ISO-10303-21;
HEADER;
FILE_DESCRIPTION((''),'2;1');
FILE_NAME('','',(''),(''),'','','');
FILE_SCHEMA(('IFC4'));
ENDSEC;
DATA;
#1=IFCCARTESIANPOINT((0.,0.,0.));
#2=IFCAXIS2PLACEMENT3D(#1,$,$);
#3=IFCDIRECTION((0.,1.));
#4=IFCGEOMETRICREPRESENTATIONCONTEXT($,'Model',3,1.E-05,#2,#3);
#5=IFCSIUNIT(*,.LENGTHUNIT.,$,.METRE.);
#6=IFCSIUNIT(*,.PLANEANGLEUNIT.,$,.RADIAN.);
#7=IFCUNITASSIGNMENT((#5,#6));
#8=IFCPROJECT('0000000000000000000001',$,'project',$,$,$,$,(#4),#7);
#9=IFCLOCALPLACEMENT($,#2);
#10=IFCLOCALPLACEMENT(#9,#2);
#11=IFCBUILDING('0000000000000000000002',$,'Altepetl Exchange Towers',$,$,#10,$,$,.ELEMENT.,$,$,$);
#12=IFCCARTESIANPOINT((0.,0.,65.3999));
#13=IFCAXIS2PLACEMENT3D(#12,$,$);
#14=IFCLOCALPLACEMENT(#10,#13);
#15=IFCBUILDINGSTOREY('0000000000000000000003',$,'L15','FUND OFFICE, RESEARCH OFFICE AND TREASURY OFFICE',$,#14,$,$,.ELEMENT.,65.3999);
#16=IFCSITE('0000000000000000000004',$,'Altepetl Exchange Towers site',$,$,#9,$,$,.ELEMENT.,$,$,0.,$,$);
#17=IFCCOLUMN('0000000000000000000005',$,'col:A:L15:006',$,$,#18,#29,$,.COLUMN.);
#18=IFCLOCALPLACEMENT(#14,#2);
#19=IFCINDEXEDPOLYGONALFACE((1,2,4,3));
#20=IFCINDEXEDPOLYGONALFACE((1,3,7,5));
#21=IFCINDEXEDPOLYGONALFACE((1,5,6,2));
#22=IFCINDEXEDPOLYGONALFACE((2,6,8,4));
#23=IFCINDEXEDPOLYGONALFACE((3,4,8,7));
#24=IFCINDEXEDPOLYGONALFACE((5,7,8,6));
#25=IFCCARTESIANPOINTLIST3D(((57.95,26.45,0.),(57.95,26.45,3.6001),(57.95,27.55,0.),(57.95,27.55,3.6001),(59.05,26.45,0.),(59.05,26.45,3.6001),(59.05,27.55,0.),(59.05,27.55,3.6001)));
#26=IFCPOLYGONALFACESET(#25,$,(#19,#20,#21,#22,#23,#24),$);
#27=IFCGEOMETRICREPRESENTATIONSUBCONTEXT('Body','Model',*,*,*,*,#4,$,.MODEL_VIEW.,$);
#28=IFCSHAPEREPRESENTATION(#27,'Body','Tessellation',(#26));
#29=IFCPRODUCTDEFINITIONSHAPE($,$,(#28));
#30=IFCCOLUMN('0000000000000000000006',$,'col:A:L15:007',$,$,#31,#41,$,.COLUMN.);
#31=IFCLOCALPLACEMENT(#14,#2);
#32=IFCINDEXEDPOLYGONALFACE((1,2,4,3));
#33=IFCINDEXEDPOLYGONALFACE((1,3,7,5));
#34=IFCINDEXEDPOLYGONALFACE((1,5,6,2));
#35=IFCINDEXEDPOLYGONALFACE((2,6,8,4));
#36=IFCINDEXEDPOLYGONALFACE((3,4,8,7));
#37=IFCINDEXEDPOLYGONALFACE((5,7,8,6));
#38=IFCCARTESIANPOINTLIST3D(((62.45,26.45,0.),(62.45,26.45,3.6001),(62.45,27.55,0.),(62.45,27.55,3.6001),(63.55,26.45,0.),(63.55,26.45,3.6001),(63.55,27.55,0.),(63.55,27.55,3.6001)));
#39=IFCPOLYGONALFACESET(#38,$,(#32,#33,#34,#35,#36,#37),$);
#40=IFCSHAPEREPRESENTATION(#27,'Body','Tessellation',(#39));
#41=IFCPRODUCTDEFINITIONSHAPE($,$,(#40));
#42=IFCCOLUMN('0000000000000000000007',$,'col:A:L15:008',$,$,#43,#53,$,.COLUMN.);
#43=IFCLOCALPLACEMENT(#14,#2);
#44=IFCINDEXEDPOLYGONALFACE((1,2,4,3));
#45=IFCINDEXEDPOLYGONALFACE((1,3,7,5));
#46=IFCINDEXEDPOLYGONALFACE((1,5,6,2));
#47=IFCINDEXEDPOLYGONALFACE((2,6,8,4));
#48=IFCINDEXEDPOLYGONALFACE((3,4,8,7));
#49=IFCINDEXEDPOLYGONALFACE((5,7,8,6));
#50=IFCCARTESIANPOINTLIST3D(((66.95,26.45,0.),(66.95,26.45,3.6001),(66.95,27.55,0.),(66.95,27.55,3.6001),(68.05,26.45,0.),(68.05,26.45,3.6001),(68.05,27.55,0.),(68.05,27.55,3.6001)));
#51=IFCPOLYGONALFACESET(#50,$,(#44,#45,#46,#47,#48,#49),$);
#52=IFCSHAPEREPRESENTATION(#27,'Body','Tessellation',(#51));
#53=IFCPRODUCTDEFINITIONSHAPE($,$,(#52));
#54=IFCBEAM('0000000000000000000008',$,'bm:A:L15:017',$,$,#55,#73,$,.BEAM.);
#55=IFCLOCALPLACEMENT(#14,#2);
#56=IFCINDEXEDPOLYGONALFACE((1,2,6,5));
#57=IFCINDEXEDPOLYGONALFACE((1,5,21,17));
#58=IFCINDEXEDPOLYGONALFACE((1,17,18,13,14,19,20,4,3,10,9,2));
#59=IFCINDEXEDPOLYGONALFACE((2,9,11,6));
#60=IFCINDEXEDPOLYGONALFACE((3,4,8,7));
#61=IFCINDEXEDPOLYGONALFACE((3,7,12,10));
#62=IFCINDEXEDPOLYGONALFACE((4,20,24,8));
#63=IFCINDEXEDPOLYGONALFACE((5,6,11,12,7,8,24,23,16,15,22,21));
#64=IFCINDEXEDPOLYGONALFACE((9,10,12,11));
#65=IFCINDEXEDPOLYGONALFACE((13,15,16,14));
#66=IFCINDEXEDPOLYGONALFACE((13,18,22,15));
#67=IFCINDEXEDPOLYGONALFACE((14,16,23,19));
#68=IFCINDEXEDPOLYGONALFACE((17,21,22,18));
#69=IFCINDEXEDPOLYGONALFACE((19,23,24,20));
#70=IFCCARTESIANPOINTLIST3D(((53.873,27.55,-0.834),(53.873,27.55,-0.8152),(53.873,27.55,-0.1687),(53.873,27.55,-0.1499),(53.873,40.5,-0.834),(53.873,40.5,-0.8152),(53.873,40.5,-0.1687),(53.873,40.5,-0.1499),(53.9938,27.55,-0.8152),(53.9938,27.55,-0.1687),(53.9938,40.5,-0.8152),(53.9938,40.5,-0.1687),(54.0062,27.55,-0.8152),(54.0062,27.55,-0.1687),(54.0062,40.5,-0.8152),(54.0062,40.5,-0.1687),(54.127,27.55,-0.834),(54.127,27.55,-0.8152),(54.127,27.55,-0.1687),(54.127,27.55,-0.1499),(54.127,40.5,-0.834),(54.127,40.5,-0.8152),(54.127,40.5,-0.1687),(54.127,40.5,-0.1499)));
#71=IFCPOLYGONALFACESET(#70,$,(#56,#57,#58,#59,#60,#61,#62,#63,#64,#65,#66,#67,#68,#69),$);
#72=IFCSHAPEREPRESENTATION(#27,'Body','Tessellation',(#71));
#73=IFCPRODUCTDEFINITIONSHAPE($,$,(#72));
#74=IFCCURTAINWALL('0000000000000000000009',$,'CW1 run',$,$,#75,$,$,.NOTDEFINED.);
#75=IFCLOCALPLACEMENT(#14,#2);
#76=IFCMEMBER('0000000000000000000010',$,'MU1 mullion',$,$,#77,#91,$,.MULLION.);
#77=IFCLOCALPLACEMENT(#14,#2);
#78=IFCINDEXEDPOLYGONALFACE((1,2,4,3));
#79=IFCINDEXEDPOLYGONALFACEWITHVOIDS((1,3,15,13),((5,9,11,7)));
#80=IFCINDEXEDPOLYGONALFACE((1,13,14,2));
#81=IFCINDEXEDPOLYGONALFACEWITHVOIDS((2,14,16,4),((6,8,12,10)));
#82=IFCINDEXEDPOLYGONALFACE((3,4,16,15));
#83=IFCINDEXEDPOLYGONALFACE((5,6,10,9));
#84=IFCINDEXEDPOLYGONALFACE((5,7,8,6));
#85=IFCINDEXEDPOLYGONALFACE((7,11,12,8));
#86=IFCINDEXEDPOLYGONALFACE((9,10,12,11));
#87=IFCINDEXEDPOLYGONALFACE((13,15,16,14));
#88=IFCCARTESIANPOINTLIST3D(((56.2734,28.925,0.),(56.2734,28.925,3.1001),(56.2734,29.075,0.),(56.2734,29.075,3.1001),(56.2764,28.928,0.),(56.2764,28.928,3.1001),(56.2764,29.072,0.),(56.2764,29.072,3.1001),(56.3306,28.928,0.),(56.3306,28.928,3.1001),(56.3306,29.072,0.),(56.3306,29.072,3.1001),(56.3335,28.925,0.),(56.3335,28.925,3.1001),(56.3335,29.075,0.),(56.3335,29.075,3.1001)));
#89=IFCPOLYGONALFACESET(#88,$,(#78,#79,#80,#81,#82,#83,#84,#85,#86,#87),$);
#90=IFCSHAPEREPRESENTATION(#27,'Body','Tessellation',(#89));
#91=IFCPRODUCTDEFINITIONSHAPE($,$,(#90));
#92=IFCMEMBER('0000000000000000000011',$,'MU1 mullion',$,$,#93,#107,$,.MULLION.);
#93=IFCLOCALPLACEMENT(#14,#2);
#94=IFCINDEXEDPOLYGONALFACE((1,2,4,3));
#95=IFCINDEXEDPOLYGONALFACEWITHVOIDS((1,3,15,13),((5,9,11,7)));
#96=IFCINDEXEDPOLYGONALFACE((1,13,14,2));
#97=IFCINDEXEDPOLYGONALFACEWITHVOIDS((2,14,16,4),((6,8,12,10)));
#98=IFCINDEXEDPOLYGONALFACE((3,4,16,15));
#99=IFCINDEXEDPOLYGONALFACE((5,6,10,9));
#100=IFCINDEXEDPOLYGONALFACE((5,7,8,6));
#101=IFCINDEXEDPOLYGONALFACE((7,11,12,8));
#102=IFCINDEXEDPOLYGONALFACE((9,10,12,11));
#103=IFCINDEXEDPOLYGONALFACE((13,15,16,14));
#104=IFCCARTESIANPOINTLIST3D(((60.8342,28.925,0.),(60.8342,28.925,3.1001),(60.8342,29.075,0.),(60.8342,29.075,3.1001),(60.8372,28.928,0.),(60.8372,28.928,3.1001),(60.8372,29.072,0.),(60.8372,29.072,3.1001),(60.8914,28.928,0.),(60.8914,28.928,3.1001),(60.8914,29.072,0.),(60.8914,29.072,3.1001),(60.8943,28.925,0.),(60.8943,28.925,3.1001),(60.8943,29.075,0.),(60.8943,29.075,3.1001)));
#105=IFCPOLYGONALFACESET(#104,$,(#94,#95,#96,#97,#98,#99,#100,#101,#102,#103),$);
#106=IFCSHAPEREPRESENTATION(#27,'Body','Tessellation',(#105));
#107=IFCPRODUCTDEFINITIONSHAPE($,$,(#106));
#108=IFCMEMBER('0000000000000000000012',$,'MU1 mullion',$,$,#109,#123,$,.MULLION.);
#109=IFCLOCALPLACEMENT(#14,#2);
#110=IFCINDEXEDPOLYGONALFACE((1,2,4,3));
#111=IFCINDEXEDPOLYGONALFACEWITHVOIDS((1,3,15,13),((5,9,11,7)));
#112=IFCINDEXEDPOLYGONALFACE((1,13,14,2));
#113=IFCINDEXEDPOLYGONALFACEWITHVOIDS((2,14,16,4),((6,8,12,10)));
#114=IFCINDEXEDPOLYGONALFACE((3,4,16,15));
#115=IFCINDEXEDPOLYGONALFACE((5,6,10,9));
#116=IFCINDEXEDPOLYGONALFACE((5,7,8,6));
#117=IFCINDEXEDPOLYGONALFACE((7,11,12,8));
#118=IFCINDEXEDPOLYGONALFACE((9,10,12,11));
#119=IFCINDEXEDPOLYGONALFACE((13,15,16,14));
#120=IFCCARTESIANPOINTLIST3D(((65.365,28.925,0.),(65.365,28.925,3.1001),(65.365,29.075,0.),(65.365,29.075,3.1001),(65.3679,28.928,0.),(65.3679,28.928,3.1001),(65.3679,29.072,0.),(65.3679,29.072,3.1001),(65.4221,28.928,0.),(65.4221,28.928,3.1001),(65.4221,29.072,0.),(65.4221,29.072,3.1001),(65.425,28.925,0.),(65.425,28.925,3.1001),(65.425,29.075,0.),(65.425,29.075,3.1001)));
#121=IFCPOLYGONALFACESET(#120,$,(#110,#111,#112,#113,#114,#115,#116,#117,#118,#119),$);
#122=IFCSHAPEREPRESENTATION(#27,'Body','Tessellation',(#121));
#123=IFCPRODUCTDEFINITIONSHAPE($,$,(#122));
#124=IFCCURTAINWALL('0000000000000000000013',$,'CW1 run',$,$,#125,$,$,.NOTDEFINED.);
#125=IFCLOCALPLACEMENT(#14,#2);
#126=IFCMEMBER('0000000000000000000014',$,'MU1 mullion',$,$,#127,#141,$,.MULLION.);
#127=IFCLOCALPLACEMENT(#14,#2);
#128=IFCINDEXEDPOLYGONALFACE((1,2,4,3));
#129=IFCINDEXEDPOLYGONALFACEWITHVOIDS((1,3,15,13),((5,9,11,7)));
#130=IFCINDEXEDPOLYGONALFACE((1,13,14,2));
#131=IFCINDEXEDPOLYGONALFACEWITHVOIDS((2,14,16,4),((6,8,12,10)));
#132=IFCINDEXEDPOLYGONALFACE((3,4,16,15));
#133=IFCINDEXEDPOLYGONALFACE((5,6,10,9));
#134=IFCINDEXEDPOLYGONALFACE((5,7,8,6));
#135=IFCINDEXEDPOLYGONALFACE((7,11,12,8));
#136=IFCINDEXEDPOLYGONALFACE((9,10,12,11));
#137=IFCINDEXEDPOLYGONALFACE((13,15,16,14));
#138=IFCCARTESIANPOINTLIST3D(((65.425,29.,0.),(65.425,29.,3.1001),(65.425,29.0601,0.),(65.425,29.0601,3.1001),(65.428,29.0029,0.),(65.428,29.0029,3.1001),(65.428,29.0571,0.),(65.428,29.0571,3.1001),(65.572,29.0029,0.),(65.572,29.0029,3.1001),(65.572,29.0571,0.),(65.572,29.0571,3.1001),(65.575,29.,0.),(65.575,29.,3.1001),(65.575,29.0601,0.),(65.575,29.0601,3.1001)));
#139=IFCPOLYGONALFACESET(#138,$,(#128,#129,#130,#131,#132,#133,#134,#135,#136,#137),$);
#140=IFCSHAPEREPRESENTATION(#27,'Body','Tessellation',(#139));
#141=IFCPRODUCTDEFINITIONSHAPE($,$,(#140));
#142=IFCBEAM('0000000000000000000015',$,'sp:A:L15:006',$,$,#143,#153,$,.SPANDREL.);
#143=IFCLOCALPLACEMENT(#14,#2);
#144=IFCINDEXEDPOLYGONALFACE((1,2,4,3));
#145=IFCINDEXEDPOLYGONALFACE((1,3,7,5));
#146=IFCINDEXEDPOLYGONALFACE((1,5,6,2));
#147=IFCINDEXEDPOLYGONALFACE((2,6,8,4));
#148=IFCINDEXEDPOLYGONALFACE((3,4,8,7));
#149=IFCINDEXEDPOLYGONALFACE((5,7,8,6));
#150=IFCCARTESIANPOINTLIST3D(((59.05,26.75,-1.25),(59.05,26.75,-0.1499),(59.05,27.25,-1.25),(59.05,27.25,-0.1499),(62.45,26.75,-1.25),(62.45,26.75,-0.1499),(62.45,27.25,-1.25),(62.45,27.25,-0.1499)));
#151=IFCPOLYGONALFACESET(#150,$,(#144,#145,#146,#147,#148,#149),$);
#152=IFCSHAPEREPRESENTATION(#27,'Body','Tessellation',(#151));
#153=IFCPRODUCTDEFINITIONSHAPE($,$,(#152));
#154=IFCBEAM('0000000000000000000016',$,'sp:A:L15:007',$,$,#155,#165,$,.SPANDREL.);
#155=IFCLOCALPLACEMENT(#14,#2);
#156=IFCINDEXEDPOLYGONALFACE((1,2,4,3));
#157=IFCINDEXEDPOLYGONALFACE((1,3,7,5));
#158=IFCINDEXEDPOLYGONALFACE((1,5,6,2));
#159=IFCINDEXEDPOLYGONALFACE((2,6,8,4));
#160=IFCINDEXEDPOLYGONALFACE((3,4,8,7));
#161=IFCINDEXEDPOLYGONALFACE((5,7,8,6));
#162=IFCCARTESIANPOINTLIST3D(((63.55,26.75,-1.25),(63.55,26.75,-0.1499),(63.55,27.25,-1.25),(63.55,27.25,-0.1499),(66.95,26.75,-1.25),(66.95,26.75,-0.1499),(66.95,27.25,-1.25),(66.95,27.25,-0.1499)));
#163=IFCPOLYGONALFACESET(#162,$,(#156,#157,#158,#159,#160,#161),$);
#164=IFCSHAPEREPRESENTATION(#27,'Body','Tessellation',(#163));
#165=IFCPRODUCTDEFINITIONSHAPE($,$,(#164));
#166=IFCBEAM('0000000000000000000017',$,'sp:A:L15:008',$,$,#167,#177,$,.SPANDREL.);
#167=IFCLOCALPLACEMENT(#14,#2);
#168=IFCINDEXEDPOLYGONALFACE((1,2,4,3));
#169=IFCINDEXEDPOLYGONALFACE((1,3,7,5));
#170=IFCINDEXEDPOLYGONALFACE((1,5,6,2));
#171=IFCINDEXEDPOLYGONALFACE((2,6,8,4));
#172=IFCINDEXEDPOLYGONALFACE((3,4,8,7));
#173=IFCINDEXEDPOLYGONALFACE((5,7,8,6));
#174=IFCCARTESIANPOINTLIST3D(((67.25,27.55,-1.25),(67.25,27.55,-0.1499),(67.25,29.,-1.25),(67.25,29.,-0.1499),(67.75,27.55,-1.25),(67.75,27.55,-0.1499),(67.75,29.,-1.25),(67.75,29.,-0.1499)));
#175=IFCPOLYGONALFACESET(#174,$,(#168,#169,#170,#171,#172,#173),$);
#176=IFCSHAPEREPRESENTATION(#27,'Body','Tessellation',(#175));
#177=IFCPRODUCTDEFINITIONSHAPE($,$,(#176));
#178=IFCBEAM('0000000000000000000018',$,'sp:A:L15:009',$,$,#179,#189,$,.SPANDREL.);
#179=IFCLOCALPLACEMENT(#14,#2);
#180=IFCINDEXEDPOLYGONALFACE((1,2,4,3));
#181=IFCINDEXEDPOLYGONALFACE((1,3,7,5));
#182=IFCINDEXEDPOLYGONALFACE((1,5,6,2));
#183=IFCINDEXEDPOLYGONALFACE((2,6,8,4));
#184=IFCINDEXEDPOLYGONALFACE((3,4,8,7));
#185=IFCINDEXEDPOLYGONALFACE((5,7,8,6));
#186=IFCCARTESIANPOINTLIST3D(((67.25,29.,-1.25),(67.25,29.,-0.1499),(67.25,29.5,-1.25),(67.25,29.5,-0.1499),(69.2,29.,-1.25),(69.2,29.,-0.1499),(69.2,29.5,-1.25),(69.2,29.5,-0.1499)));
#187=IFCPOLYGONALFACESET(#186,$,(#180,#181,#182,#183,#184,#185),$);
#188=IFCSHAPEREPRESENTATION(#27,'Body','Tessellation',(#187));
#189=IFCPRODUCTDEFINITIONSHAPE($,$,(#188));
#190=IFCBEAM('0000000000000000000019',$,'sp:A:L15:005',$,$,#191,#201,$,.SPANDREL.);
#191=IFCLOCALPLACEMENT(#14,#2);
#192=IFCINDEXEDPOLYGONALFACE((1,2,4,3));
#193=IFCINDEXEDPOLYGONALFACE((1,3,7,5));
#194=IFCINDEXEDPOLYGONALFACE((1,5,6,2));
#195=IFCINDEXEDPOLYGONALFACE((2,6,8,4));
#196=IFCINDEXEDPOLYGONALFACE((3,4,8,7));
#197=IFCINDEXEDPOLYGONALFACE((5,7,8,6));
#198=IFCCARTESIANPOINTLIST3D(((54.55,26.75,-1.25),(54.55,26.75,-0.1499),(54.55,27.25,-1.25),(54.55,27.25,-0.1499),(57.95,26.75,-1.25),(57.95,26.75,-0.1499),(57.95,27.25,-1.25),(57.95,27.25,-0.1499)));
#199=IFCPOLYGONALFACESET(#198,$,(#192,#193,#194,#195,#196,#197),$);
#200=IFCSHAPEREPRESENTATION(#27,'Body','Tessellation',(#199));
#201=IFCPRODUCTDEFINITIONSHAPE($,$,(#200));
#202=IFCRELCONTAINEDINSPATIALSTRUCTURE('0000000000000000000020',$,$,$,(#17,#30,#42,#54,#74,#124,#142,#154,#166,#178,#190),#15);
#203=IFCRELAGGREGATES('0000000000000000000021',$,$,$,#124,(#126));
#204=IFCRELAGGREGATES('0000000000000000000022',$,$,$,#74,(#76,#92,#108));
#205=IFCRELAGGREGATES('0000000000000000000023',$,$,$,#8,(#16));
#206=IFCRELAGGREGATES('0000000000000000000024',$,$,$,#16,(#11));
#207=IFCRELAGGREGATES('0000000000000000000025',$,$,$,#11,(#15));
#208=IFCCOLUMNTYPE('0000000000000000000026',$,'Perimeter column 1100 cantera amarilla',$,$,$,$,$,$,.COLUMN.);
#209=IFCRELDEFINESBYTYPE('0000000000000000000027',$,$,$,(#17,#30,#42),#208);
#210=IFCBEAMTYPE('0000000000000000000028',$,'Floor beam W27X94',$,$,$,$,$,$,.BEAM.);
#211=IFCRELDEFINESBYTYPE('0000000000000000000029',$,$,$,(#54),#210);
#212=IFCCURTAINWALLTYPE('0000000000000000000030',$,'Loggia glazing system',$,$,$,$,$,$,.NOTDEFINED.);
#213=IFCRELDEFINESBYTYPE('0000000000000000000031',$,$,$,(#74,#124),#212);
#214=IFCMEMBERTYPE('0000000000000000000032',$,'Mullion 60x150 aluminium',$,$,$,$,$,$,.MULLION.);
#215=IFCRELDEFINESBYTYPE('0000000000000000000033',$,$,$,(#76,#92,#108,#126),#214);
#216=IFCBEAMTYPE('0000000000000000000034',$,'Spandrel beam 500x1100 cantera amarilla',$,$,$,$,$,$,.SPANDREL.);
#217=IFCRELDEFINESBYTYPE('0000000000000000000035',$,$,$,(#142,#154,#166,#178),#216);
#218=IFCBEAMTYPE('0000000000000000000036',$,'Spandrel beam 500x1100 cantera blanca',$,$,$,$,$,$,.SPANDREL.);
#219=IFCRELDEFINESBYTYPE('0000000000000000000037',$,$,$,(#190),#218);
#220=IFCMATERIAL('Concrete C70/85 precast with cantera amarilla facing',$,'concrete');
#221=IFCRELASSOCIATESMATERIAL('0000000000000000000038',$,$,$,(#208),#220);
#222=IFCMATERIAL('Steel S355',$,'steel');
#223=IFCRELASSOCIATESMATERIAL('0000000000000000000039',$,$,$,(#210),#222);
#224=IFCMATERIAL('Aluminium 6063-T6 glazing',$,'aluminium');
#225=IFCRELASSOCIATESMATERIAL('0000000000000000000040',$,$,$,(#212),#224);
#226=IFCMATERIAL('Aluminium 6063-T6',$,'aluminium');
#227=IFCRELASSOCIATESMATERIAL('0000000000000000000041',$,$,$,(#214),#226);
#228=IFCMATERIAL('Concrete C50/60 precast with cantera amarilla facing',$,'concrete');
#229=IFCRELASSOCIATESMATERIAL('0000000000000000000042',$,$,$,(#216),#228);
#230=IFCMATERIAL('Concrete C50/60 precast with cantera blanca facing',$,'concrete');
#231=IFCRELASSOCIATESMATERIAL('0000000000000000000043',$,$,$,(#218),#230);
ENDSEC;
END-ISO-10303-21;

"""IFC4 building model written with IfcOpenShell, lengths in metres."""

from ifc_helpers import new_model, si_unit, direction, frame, origin, origin_2d, place, context, subcontext, project, spatial, rectangle, hollow_rectangle, i_section, extrude, material, material_profile, profile_set, type_object, element, aggregate, save


model = new_model("IFC4")

# Units and contexts
model_context = context("Model", 3, precision=1e-05, world=origin(), true_north=direction((0.0, 1.0)))
body_context = subcontext(model_context, "Body", "Model", "MODEL_VIEW")
ifc_project = project(units=[si_unit("LENGTHUNIT", "METRE"), si_unit("PLANEANGLEUNIT", "RADIAN")], contexts=[model_context])

# Site, building, storey
site_placement = place(None, origin())
site = spatial("IfcSite", under=ifc_project, at=site_placement, Name="Altepetl Exchange Towers site", CompositionType="ELEMENT", RefElevation=0.0)
building_placement = place(site_placement, origin())
building = spatial("IfcBuilding", under=site, at=building_placement, Name="Altepetl Exchange Towers", CompositionType="ELEMENT")
storey_placement = place(building_placement, frame((0.0, 0.0, 65.3999)))
storey = spatial("IfcBuildingStorey", under=building, at=storey_placement, Name="L15", Description="FUND OFFICE, RESEARCH OFFICE AND TREASURY OFFICE", CompositionType="ELEMENT", Elevation=65.3999)

# Columns
ifc_material_1 = material(Name="Concrete C70/85 precast with cantera amarilla facing", Category="concrete")
ifc_material_profile_1 = material_profile(ifc_material_1, rectangle(XDim=1.1001, YDim=1.1001, at=origin_2d()), Name="1100 x 1100")
ifc_profile_set_1 = profile_set([ifc_material_profile_1], Name="Concrete C70/85 precast with cantera amarilla facing")
column_type = type_object("IfcColumnType", Name="Perimeter column 1100 cantera amarilla", PredefinedType="COLUMN", material=ifc_profile_set_1)
for number, where, name in (
    (1, (58.5, 27.0, 0.0), "col:A:L15:006"),
    (2, (63.0, 27.0, 0.0), "col:A:L15:007"),
    (3, (67.5, 27.0, 0.0), "col:A:L15:008"),
):
    element("IfcColumn", number, at=place(storey_placement, frame(where)), inside=storey, type_object=column_type, Name=name, PredefinedType="COLUMN", context=body_context, shape_type="SweptSolid", body=[
        extrude(rectangle(XDim=1.1001, YDim=1.1001, at=origin_2d()), origin(), (0.0, 0.0, 1.0), 3.6001),
    ])

# Beam
ifc_material_2 = material(Name="Steel S355", Category="steel")
ifc_material_profile_2 = material_profile(ifc_material_2, i_section(OverallWidth=0.2539, OverallDepth=0.6841, WebThickness=0.0125, FlangeThickness=0.0188, at=origin_2d()), Name="W27X94")
ifc_profile_set_2 = profile_set([ifc_material_profile_2], Name="Steel S355")
beam_type_1 = type_object("IfcBeamType", Name="Floor beam W27X94", PredefinedType="BEAM", material=ifc_profile_set_2)
beam_1_placement = place(storey_placement, frame((54.0, 27.55, -0.4919), z_axis=(0.0, 1.0, 0.0), x_axis=(-1.0, 0.0, 0.0)))
element("IfcBeam", 4, at=beam_1_placement, inside=storey, type_object=beam_type_1, Name="bm:A:L15:017", PredefinedType="BEAM", context=body_context, shape_type="SweptSolid", body=[
    extrude(i_section(OverallWidth=0.2539, OverallDepth=0.6841, WebThickness=0.0125, FlangeThickness=0.0188, at=origin_2d()), origin(), (0.0, 0.0, 1.0), 12.95),
])

# Curtain wall, members
ifc_material_3 = material(Name="Aluminium 6063-T6 glazing", Category="aluminium")
curtain_wall_type = type_object("IfcCurtainWallType", Name="Loggia glazing system", PredefinedType="NOTDEFINED", material=ifc_material_3)
curtain_wall_1_placement = place(storey_placement, origin())
curtain_wall_1 = element("IfcCurtainWall", 5, at=curtain_wall_1_placement, inside=storey, type_object=curtain_wall_type, Name="CW1 run", PredefinedType="NOTDEFINED")
ifc_material_4 = material(Name="Aluminium 6063-T6", Category="aluminium")
ifc_material_profile_3 = material_profile(ifc_material_4, hollow_rectangle(XDim=0.0601, YDim=0.1499, WallThickness=0.0029, at=origin_2d()), Name="Mullion 60x150 aluminium")
ifc_profile_set_3 = profile_set([ifc_material_profile_3], Name="Aluminium 6063-T6")
member_type = type_object("IfcMemberType", Name="Mullion 60x150 aluminium", PredefinedType="MULLION", material=ifc_profile_set_3)
member_1_placement = place(storey_placement, frame((56.3035, 29.0, 0.0)))
member_1 = element("IfcMember", 6, at=member_1_placement, type_object=member_type, Name="MU1 mullion", PredefinedType="MULLION", context=body_context, shape_type="SweptSolid", body=[
    extrude(hollow_rectangle(XDim=0.0601, YDim=0.1499, WallThickness=0.0029, at=origin_2d()), origin(), (0.0, 0.0, 1.0), 3.1001),
])
member_2_placement = place(storey_placement, frame((60.8643, 29.0, 0.0)))
member_2 = element("IfcMember", 7, at=member_2_placement, type_object=member_type, Name="MU1 mullion", PredefinedType="MULLION", context=body_context, shape_type="SweptSolid", body=[
    extrude(hollow_rectangle(XDim=0.0601, YDim=0.1499, WallThickness=0.0029, at=origin_2d()), origin(), (0.0, 0.0, 1.0), 3.1001),
])
member_3_placement = place(storey_placement, frame((65.395, 29.0, 0.0)))
member_3 = element("IfcMember", 8, at=member_3_placement, type_object=member_type, Name="MU1 mullion", PredefinedType="MULLION", context=body_context, shape_type="SweptSolid", body=[
    extrude(hollow_rectangle(XDim=0.0601, YDim=0.1499, WallThickness=0.0029, at=origin_2d()), origin(), (0.0, 0.0, 1.0), 3.1001),
])

# Curtain wall, member
curtain_wall_2_placement = place(storey_placement, origin())
curtain_wall_2 = element("IfcCurtainWall", 9, at=curtain_wall_2_placement, inside=storey, type_object=curtain_wall_type, Name="CW1 run", PredefinedType="NOTDEFINED")
member_4_placement = place(storey_placement, frame((65.5, 29.03, 0.0), z_axis=(0.0, 0.0, 1.0), x_axis=(0.0, 1.0, 0.0)))
member_4 = element("IfcMember", 10, at=member_4_placement, type_object=member_type, Name="MU1 mullion", PredefinedType="MULLION", context=body_context, shape_type="SweptSolid", body=[
    extrude(hollow_rectangle(XDim=0.0601, YDim=0.1499, WallThickness=0.0029, at=origin_2d()), origin(), (0.0, 0.0, 1.0), 3.1001),
])
aggregate(curtain_wall_2, [member_4])

# Beams
ifc_material_5 = material(Name="Concrete C50/60 precast with cantera amarilla facing", Category="concrete")
ifc_material_profile_4 = material_profile(ifc_material_5, rectangle(XDim=0.5, YDim=1.1001, at=origin_2d()), Name="500 x 1100")
ifc_profile_set_4 = profile_set([ifc_material_profile_4], Name="Concrete C50/60 precast with cantera amarilla facing")
beam_type_2 = type_object("IfcBeamType", Name="Spandrel beam 500x1100 cantera amarilla", PredefinedType="SPANDREL", material=ifc_profile_set_4)
for number, where, z_axis, x_axis, name in (
    (11, (59.05, 27.0, -0.7), (1.0, 0.0, 0.0), (0.0, 1.0, 0.0), "sp:A:L15:006"),
    (12, (63.55, 27.0, -0.7), (1.0, 0.0, 0.0), (0.0, 1.0, 0.0), "sp:A:L15:007"),
):
    element("IfcBeam", number, at=place(storey_placement, frame(where, z_axis=z_axis, x_axis=x_axis)), inside=storey, type_object=beam_type_2, Name=name, PredefinedType="SPANDREL", context=body_context, shape_type="SweptSolid", body=[
        extrude(rectangle(XDim=0.5, YDim=1.1001, at=origin_2d()), origin(), (0.0, 0.0, 1.0), 3.3999),
    ])
beam_2_placement = place(storey_placement, frame((67.5, 27.55, -0.7), z_axis=(0.0, 1.0, 0.0), x_axis=(-1.0, 0.0, 0.0)))
element("IfcBeam", 13, at=beam_2_placement, inside=storey, type_object=beam_type_2, Name="sp:A:L15:008", PredefinedType="SPANDREL", context=body_context, shape_type="SweptSolid", body=[
    extrude(rectangle(XDim=0.5, YDim=1.1001, at=origin_2d()), origin(), (0.0, 0.0, 1.0), 1.45),
])
beam_3_placement = place(storey_placement, frame((67.25, 29.25, -0.7), z_axis=(1.0, 0.0, 0.0), x_axis=(0.0, 1.0, 0.0)))
element("IfcBeam", 14, at=beam_3_placement, inside=storey, type_object=beam_type_2, Name="sp:A:L15:009", PredefinedType="SPANDREL", context=body_context, shape_type="SweptSolid", body=[
    extrude(rectangle(XDim=0.5, YDim=1.1001, at=origin_2d()), origin(), (0.0, 0.0, 1.0), 1.95),
])
ifc_material_6 = material(Name="Concrete C50/60 precast with cantera blanca facing", Category="concrete")
ifc_material_profile_5 = material_profile(ifc_material_6, rectangle(XDim=0.5, YDim=1.1001, at=origin_2d()), Name="500 x 1100")
ifc_profile_set_5 = profile_set([ifc_material_profile_5], Name="Concrete C50/60 precast with cantera blanca facing")
beam_type_3 = type_object("IfcBeamType", Name="Spandrel beam 500x1100 cantera blanca", PredefinedType="SPANDREL", material=ifc_profile_set_5)
beam_4_placement = place(storey_placement, frame((54.55, 27.0, -0.7), z_axis=(1.0, 0.0, 0.0), x_axis=(0.0, 1.0, 0.0)))
element("IfcBeam", 15, at=beam_4_placement, inside=storey, type_object=beam_type_3, Name="sp:A:L15:005", PredefinedType="SPANDREL", context=body_context, shape_type="SweptSolid", body=[
    extrude(rectangle(XDim=0.5, YDim=1.1001, at=origin_2d()), origin(), (0.0, 0.0, 1.0), 3.3999),
])

aggregate(curtain_wall_1, [member_1, member_2, member_3])

save(model, "model.ifc")
